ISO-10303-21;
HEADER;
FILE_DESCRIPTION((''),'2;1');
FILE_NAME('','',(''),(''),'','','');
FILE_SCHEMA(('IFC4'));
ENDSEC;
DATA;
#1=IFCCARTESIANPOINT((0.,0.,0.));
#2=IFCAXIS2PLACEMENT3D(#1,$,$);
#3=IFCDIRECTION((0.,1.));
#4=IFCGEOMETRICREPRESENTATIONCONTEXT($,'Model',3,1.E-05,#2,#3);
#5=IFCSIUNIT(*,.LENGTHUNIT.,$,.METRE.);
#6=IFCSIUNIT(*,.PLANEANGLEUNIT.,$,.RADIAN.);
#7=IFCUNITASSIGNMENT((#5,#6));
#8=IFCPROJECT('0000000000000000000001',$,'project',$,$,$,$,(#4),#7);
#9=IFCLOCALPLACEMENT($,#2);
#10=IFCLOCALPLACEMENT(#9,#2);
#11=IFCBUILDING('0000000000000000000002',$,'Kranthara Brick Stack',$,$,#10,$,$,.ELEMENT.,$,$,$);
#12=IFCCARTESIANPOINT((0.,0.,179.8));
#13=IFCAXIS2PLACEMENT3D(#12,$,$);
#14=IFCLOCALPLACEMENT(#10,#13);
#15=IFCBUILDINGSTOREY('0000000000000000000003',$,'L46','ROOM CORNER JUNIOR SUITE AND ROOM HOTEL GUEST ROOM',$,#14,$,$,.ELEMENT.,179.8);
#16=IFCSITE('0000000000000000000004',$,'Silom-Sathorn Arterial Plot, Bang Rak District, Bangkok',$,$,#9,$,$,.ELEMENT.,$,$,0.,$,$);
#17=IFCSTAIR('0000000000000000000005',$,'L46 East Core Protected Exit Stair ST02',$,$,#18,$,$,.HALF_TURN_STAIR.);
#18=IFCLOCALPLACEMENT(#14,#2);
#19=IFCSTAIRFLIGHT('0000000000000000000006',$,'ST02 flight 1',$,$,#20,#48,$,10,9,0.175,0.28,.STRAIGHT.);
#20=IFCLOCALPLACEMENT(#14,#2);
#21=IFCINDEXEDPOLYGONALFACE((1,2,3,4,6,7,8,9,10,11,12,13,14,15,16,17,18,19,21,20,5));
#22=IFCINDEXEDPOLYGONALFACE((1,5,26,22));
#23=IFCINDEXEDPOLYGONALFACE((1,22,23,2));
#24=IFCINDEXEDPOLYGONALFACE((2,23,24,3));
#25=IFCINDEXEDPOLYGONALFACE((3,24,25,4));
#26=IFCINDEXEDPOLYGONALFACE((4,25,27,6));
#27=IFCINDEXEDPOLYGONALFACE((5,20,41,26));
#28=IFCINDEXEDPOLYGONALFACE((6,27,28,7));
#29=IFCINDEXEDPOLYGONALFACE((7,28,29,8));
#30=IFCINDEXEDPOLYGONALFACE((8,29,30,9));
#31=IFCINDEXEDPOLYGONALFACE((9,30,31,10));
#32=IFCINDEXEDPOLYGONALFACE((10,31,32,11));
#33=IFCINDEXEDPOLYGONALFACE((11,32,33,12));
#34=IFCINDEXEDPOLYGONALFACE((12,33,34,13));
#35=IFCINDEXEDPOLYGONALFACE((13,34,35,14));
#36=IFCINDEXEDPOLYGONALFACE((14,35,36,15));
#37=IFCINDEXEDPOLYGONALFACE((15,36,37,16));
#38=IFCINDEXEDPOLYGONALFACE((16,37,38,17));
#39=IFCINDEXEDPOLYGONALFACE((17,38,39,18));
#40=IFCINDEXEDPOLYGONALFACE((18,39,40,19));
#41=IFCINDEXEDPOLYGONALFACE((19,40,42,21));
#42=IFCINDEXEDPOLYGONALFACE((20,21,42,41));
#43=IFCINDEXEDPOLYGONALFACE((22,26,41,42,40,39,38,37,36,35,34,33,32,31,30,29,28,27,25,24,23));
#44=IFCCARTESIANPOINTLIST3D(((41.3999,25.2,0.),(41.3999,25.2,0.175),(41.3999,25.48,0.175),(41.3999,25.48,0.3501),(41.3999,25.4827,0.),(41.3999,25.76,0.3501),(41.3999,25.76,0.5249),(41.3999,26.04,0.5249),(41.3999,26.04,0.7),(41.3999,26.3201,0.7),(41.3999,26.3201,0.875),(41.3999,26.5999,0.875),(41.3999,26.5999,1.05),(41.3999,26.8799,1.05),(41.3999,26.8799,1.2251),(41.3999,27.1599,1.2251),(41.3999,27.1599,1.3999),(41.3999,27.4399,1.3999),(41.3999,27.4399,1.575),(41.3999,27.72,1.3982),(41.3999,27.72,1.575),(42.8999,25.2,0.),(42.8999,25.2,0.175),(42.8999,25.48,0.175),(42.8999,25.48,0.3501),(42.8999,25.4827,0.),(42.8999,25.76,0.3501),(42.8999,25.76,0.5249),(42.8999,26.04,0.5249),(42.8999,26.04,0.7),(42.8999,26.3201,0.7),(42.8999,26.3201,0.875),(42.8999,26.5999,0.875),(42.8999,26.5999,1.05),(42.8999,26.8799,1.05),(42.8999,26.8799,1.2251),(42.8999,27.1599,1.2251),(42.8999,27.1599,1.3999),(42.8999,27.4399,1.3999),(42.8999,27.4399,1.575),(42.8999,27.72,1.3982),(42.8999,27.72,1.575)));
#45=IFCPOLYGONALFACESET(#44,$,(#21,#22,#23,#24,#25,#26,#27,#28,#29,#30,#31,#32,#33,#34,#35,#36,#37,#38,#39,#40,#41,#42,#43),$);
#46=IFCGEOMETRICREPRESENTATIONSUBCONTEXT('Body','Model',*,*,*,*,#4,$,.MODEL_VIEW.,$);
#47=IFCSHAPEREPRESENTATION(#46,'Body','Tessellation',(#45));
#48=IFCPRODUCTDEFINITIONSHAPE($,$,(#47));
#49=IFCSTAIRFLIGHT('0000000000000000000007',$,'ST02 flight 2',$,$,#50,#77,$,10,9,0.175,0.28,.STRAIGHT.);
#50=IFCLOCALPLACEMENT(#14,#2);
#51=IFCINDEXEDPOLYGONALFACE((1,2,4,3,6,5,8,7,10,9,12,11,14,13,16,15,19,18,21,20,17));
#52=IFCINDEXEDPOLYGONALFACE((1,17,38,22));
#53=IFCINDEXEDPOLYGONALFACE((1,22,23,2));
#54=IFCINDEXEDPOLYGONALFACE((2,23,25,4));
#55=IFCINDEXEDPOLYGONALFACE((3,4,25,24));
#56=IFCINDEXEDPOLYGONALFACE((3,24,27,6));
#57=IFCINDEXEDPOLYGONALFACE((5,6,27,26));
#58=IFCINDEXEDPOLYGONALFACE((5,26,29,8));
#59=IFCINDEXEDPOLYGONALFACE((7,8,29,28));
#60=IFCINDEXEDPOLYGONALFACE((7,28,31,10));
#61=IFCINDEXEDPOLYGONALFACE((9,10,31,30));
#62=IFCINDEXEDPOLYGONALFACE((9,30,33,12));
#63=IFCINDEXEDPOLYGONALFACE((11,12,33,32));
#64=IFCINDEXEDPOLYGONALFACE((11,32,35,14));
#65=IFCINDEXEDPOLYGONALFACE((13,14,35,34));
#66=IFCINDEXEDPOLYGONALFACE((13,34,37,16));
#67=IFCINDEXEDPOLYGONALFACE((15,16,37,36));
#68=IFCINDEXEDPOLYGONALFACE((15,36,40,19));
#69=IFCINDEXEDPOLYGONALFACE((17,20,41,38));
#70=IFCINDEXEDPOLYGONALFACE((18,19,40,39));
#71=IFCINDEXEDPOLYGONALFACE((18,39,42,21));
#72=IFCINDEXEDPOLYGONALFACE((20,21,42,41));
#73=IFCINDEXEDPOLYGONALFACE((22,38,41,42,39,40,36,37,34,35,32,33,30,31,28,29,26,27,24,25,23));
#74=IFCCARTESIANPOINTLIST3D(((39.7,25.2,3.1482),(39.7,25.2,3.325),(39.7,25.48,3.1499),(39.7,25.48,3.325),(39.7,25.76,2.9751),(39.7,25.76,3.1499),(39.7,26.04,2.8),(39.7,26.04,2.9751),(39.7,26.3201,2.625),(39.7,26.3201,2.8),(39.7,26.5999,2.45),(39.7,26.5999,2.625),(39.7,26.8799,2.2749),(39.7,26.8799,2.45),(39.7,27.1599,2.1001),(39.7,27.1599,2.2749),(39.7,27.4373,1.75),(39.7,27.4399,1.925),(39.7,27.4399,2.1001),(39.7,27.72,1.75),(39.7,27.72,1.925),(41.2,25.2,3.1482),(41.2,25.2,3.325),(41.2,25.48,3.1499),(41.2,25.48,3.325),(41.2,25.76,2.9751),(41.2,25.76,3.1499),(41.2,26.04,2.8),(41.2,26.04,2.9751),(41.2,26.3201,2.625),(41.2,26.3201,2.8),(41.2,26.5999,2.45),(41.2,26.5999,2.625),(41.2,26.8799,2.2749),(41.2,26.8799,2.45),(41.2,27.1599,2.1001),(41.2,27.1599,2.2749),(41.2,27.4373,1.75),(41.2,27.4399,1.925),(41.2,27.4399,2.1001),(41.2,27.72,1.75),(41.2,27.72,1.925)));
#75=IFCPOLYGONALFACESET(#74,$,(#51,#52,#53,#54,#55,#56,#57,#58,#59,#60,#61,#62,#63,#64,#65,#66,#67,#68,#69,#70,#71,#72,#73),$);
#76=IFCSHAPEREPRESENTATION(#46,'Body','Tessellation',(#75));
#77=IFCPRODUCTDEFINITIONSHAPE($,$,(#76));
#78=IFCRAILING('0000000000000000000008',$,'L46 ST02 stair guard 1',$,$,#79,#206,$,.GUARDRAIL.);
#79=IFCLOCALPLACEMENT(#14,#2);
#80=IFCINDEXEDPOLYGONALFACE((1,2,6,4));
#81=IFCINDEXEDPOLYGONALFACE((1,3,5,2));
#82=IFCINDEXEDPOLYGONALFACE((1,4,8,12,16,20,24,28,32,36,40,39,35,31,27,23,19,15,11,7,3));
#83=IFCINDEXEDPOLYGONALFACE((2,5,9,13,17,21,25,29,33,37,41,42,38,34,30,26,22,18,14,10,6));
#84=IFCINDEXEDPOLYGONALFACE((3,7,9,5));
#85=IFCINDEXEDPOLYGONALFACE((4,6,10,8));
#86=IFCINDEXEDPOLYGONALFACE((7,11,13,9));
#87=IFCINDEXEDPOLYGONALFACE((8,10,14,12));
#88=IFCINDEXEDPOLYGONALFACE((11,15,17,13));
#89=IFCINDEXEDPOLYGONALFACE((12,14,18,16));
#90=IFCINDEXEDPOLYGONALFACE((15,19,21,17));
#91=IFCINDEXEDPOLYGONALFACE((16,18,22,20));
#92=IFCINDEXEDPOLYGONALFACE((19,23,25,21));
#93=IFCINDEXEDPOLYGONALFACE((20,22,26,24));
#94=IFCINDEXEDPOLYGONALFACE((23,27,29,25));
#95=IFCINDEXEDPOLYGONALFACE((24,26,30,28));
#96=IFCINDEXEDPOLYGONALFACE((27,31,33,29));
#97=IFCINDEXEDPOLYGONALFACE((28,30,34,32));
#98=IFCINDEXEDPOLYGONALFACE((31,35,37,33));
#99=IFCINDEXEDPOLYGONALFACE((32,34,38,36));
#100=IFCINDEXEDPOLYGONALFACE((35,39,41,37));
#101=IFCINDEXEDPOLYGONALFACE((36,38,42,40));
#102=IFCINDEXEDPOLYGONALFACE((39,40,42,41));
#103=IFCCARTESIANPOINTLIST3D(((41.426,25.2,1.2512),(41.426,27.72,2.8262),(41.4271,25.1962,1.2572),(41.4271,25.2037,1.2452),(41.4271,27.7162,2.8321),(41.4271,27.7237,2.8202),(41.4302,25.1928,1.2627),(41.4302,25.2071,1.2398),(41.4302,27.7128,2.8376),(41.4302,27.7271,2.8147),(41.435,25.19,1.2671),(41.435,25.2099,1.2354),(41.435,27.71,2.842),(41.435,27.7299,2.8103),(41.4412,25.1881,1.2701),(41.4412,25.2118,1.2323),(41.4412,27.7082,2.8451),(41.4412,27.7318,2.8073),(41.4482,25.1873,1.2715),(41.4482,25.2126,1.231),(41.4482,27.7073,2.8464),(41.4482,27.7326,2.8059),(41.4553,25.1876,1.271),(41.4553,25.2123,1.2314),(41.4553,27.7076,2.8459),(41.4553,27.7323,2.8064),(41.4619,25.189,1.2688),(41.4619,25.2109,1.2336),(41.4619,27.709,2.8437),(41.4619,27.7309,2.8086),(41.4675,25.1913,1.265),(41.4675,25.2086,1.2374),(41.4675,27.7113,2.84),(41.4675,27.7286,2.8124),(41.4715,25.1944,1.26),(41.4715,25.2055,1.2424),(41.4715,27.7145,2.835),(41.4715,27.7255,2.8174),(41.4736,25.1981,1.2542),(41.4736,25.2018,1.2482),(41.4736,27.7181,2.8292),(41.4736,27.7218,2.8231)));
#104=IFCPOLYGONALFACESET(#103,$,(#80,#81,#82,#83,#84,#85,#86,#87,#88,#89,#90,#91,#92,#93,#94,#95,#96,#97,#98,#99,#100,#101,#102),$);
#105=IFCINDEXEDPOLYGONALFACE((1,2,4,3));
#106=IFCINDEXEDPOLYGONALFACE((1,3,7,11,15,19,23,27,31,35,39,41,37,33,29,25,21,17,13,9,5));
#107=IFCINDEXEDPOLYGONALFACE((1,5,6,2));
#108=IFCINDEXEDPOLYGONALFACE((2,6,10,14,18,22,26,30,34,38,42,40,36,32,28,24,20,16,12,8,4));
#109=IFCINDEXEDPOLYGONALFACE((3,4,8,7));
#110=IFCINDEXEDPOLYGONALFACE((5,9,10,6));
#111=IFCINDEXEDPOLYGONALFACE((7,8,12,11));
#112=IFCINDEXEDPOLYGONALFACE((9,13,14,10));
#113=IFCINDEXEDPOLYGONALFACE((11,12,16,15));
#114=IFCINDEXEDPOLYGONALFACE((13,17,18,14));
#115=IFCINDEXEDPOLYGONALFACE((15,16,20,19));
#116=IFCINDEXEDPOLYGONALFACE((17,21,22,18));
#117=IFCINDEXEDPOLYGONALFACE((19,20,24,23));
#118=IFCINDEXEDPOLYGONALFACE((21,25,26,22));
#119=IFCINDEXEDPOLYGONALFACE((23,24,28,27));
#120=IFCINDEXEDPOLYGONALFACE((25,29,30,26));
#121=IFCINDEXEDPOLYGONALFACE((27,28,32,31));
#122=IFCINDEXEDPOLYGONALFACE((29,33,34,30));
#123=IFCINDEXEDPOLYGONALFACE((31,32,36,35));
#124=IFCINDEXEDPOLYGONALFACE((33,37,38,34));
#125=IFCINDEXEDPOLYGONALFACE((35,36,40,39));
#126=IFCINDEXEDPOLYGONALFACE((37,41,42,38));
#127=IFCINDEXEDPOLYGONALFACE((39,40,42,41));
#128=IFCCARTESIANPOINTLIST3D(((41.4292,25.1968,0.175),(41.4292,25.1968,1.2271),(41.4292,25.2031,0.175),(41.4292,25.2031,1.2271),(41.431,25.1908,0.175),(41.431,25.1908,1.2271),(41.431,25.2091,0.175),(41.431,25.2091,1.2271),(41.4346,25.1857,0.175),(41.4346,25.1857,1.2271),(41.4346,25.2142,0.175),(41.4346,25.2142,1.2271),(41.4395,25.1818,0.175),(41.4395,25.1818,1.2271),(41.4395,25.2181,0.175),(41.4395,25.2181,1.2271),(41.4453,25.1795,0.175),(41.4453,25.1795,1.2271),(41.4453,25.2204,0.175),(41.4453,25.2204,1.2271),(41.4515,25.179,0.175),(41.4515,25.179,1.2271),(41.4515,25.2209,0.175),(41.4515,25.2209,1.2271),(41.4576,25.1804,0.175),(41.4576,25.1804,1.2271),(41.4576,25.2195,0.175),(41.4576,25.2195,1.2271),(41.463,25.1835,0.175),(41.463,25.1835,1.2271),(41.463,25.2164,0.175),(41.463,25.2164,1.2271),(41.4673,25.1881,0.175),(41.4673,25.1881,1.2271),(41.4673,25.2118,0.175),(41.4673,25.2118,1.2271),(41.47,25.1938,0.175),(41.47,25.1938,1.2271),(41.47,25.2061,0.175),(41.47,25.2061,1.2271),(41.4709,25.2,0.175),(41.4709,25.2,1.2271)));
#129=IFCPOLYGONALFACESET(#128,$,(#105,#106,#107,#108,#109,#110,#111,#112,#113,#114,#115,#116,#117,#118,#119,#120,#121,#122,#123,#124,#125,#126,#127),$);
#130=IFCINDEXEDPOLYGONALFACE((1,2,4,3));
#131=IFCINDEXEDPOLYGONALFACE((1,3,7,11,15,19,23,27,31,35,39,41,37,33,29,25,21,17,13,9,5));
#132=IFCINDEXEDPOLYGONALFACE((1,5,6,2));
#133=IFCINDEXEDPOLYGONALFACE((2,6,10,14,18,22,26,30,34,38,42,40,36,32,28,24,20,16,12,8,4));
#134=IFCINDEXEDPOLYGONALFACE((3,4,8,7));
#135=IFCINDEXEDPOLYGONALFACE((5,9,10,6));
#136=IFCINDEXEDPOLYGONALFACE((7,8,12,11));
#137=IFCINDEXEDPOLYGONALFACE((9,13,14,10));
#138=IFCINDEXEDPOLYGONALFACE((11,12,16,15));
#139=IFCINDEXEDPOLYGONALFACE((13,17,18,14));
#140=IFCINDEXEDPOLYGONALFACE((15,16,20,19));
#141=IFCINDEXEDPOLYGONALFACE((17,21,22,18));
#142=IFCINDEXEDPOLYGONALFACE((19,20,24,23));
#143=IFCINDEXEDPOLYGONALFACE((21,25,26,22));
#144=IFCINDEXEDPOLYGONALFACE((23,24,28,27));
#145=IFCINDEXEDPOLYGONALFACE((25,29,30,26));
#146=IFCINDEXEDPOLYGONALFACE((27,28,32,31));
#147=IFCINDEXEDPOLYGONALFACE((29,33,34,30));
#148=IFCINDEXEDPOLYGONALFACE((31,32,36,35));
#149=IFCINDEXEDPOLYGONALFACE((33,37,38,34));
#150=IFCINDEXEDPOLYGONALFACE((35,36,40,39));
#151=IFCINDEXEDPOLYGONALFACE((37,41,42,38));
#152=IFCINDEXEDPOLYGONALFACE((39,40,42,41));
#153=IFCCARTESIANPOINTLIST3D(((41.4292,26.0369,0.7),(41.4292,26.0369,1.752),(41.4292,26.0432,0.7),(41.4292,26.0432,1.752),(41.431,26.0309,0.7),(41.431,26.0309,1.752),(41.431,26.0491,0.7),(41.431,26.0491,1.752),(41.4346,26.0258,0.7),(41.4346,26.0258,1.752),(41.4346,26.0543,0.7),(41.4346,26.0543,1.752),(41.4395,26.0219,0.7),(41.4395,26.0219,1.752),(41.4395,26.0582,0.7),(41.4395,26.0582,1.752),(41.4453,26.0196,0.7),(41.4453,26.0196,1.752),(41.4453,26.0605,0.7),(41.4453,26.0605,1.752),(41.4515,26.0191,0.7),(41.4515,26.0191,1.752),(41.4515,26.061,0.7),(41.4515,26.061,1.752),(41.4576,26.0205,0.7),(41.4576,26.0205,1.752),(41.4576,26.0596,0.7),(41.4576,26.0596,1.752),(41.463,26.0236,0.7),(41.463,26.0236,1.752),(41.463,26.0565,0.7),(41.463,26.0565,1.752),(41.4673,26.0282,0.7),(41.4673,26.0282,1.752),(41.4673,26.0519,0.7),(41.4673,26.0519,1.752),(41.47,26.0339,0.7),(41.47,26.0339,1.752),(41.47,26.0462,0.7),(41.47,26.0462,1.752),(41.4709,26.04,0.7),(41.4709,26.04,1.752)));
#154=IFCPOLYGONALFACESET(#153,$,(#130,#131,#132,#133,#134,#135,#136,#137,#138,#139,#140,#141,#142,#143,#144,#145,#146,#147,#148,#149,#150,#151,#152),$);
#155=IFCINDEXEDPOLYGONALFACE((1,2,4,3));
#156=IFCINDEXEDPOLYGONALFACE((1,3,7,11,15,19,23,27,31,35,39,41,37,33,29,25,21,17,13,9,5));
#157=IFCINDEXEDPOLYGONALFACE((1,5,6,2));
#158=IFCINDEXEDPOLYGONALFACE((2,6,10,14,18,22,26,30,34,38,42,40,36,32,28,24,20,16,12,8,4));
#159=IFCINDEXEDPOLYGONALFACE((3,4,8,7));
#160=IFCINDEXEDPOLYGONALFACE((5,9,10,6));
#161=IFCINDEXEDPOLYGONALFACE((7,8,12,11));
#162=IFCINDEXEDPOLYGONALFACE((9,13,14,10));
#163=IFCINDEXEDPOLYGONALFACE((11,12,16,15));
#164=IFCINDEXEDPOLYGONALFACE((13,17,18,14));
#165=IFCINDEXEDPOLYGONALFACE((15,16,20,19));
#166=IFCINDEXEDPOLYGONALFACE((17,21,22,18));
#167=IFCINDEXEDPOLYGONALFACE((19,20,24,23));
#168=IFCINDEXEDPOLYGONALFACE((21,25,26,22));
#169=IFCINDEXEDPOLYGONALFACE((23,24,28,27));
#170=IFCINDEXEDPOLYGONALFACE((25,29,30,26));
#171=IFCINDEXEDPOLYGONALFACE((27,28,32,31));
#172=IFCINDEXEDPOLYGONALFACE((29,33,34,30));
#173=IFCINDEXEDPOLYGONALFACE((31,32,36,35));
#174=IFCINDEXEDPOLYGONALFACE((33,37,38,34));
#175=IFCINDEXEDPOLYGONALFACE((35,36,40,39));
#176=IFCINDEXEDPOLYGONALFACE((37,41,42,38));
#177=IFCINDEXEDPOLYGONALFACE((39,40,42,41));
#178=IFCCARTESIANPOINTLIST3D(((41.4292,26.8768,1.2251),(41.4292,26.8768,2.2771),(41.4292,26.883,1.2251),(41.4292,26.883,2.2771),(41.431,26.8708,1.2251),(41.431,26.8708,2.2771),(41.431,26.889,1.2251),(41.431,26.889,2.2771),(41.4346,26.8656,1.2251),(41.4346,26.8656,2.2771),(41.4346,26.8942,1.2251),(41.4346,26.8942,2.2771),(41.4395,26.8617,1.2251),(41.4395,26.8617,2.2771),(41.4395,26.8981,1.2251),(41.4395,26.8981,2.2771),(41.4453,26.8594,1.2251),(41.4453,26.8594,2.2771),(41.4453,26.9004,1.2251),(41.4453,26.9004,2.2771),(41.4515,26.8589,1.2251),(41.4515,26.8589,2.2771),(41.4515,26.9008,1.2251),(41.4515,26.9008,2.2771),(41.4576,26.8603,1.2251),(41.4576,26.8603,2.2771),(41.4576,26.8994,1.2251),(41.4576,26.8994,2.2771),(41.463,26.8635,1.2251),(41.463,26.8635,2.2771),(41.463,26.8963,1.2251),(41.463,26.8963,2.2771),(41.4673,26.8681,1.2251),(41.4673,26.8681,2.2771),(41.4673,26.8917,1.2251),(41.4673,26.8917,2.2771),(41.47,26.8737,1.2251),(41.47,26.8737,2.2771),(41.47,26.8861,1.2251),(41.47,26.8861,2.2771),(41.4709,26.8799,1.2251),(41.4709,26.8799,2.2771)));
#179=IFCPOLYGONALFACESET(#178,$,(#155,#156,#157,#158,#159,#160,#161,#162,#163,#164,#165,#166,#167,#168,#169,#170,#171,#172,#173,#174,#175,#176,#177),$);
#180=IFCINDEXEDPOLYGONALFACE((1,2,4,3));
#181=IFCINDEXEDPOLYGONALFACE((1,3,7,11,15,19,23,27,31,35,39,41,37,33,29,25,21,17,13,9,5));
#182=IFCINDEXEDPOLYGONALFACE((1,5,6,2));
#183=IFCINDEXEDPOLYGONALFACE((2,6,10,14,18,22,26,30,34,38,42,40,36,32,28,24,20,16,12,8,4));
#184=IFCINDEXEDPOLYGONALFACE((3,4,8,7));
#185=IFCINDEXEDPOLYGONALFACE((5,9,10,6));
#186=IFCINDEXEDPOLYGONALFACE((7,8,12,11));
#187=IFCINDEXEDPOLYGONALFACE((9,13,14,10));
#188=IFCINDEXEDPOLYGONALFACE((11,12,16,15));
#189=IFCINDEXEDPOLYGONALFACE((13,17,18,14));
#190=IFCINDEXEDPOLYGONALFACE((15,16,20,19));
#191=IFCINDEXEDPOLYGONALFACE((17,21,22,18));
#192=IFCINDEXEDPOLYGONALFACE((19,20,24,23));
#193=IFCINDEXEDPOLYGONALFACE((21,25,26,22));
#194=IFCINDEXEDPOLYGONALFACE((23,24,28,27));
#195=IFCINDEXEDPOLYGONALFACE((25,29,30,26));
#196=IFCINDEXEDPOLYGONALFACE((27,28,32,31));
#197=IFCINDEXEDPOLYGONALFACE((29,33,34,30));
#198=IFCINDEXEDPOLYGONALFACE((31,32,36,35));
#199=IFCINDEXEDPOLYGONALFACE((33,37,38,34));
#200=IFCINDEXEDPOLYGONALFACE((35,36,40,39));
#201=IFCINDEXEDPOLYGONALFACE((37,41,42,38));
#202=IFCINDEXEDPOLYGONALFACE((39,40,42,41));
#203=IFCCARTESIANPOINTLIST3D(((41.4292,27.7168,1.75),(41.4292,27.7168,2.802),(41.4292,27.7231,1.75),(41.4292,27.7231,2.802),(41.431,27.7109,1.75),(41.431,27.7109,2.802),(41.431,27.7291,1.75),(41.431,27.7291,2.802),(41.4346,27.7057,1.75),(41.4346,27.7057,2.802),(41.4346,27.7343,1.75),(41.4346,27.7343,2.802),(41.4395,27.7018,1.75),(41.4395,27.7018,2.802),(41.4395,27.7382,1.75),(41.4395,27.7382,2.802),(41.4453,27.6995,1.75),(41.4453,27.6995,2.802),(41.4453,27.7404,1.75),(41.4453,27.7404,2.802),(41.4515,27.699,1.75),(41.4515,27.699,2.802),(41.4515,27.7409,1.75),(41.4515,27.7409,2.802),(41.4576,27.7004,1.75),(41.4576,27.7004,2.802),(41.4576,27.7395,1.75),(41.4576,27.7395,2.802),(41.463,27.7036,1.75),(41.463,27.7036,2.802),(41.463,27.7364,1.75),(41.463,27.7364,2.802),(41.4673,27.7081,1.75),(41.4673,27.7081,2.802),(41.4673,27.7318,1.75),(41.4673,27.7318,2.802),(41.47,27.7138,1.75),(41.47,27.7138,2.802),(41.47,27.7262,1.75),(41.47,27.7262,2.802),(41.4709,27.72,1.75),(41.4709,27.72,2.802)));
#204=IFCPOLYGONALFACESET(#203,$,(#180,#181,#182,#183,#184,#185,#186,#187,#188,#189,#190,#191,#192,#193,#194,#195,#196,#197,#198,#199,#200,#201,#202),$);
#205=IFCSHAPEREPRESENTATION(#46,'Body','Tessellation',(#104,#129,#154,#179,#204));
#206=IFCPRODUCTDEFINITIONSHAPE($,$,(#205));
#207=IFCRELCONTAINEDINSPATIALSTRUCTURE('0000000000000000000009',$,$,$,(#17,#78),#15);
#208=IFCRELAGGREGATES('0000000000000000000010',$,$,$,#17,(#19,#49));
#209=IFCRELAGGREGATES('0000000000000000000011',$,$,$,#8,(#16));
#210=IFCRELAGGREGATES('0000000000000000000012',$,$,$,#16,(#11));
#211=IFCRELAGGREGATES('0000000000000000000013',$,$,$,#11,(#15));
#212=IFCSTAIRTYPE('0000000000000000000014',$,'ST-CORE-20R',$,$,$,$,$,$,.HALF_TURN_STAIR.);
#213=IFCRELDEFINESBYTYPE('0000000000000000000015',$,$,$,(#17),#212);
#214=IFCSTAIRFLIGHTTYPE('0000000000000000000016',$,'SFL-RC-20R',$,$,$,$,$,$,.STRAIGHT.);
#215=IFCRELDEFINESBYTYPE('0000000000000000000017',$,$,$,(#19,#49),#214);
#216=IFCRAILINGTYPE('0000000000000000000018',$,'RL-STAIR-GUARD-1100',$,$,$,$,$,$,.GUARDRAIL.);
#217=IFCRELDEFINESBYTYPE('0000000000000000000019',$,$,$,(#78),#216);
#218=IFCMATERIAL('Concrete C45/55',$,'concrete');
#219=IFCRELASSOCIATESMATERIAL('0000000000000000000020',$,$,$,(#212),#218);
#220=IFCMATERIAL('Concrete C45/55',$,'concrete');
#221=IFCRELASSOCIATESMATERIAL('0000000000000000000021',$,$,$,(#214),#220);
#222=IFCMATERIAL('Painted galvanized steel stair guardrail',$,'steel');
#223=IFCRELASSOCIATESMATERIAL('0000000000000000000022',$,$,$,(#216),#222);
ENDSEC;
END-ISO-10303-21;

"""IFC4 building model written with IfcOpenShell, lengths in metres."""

from ifc_helpers import new_model, si_unit, direction, frame, origin, origin_2d, place, context, subcontext, project, spatial, polyline, circle, outline, extrude, material, type_object, element, aggregate, save


model = new_model("IFC4")

# Units and contexts
model_context = context("Model", 3, precision=1e-05, world=origin(), true_north=direction((0.0, 1.0)))
body_context = subcontext(model_context, "Body", "Model", "MODEL_VIEW")
ifc_project = project(units=[si_unit("LENGTHUNIT", "METRE"), si_unit("PLANEANGLEUNIT", "RADIAN")], contexts=[model_context])

# Site, building, storey
site_placement = place(None, origin())
site = spatial("IfcSite", under=ifc_project, at=site_placement, Name="Silom-Sathorn Arterial Plot, Bang Rak District, Bangkok", CompositionType="ELEMENT", RefElevation=0.0)
building_placement = place(site_placement, origin())
building = spatial("IfcBuilding", under=site, at=building_placement, Name="Kranthara Brick Stack", CompositionType="ELEMENT")
storey_placement = place(building_placement, frame((0.0, 0.0, 179.8)))
storey = spatial("IfcBuildingStorey", under=building, at=storey_placement, Name="L46", Description="ROOM CORNER JUNIOR SUITE AND ROOM HOTEL GUEST ROOM", CompositionType="ELEMENT", Elevation=179.8)

# Stair, stair flights
ifc_material_1 = material(Name="Concrete C45/55", Category="concrete")
stair_type = type_object("IfcStairType", Name="ST-CORE-20R", PredefinedType="HALF_TURN_STAIR", material=ifc_material_1)
stair_placement = place(storey_placement, origin())
stair = element("IfcStair", 1, at=stair_placement, inside=storey, type_object=stair_type, Name="L46 East Core Protected Exit Stair ST02", PredefinedType="HALF_TURN_STAIR")
ifc_material_2 = material(Name="Concrete C45/55", Category="concrete")
stair_flight_type = type_object("IfcStairFlightType", Name="SFL-RC-20R", PredefinedType="STRAIGHT", material=ifc_material_2)
stair_flight_1_placement = place(storey_placement, frame((42.1499, 25.2, 0.0), z_axis=(0.0, 0.0, 1.0), x_axis=(0.0, 1.0, 0.0)))
stair_flight_1 = element("IfcStairFlight", 2, at=stair_flight_1_placement, type_object=stair_flight_type, Name="ST02 flight 1", NumberOfRisers=10, NumberOfTreads=9, PredefinedType="STRAIGHT", RiserHeight=0.175, TreadLength=0.28, context=body_context, shape_type="SweptSolid", body=[
    extrude(outline(polyline([(0.0, 0.0), (0.0, 0.175), (0.28, 0.175), (0.28, 0.3501), (0.5601, 0.3501), (0.5601, 0.5249), (0.8401, 0.5249), (0.8401, 0.7), (1.1201, 0.7), (1.1201, 0.875), (1.3999, 0.875), (1.3999, 1.05), (1.6799, 1.05), (1.6799, 1.2251), (1.96, 1.2251), (1.96, 1.3999), (2.24, 1.3999), (2.24, 1.575), (2.52, 1.575), (2.52, 1.75), (2.52, 1.3982), (0.2827, 0.0), (0.0, 0.0)])), frame((0.0, 0.75, 0.0), z_axis=(0.0, -1.0, 0.0), x_axis=(1.0, 0.0, 0.0)), (0.0, 0.0, 1.0), 1.5),
])
stair_flight_2_placement = place(storey_placement, frame((40.45, 27.72, 1.75), z_axis=(0.0, 0.0, 1.0), x_axis=(0.0, -1.0, 0.0)))
stair_flight_2 = element("IfcStairFlight", 3, at=stair_flight_2_placement, type_object=stair_flight_type, Name="ST02 flight 2", NumberOfRisers=10, NumberOfTreads=9, PredefinedType="STRAIGHT", RiserHeight=0.175, TreadLength=0.28, context=body_context, shape_type="SweptSolid", body=[
    extrude(outline(polyline([(0.0, 0.0), (0.0, 0.175), (0.28, 0.175), (0.28, 0.3501), (0.5601, 0.3501), (0.5601, 0.5249), (0.8401, 0.5249), (0.8401, 0.7), (1.1201, 0.7), (1.1201, 0.875), (1.3999, 0.875), (1.3999, 1.05), (1.6799, 1.05), (1.6799, 1.2251), (1.96, 1.2251), (1.96, 1.3999), (2.24, 1.3999), (2.24, 1.575), (2.52, 1.575), (2.52, 1.75), (2.52, 1.3982), (0.2827, 0.0), (0.0, 0.0)])), frame((0.0, 0.75, 0.0), z_axis=(0.0, -1.0, 0.0), x_axis=(1.0, 0.0, 0.0)), (0.0, 0.0, 1.0), 1.5),
])
aggregate(stair, [stair_flight_1, stair_flight_2])

# Railing
ifc_material_3 = material(Name="Painted galvanized steel stair guardrail", Category="steel")
railing_type_1 = type_object("IfcRailingType", Name="RL-STAIR-GUARD-1100", PredefinedType="GUARDRAIL", material=ifc_material_3)
railing_1_placement = place(storey_placement, frame((41.45, 25.2, 0.175)))
element("IfcRailing", 4, at=railing_1_placement, inside=storey, type_object=railing_type_1, Name="L46 ST02 stair guard 1", PredefinedType="GUARDRAIL", context=body_context, shape_type="SweptSolid", body=[
    extrude(circle(Radius=0.0239, at=origin_2d()), frame((0.0, 0.0, 1.0762), z_axis=(0.0, 0.848008, 0.529984), x_axis=(-1.0, 0.0, 0.0)), (0.0, 0.0, 1.0), 2.9717),
    extrude(circle(Radius=0.021, at=origin_2d()), origin(), (0.0, 0.0, 1.0), 1.052),
    extrude(circle(Radius=0.021, at=origin_2d()), frame((0.0, 0.8401, 0.5249)), (0.0, 0.0, 1.0), 1.052),
    extrude(circle(Radius=0.021, at=origin_2d()), frame((0.0, 1.6799, 1.05)), (0.0, 0.0, 1.0), 1.052),
    extrude(circle(Radius=0.021, at=origin_2d()), frame((0.0, 2.52, 1.575)), (0.0, 0.0, 1.0), 1.052),
])

save(model, "model.ifc")
